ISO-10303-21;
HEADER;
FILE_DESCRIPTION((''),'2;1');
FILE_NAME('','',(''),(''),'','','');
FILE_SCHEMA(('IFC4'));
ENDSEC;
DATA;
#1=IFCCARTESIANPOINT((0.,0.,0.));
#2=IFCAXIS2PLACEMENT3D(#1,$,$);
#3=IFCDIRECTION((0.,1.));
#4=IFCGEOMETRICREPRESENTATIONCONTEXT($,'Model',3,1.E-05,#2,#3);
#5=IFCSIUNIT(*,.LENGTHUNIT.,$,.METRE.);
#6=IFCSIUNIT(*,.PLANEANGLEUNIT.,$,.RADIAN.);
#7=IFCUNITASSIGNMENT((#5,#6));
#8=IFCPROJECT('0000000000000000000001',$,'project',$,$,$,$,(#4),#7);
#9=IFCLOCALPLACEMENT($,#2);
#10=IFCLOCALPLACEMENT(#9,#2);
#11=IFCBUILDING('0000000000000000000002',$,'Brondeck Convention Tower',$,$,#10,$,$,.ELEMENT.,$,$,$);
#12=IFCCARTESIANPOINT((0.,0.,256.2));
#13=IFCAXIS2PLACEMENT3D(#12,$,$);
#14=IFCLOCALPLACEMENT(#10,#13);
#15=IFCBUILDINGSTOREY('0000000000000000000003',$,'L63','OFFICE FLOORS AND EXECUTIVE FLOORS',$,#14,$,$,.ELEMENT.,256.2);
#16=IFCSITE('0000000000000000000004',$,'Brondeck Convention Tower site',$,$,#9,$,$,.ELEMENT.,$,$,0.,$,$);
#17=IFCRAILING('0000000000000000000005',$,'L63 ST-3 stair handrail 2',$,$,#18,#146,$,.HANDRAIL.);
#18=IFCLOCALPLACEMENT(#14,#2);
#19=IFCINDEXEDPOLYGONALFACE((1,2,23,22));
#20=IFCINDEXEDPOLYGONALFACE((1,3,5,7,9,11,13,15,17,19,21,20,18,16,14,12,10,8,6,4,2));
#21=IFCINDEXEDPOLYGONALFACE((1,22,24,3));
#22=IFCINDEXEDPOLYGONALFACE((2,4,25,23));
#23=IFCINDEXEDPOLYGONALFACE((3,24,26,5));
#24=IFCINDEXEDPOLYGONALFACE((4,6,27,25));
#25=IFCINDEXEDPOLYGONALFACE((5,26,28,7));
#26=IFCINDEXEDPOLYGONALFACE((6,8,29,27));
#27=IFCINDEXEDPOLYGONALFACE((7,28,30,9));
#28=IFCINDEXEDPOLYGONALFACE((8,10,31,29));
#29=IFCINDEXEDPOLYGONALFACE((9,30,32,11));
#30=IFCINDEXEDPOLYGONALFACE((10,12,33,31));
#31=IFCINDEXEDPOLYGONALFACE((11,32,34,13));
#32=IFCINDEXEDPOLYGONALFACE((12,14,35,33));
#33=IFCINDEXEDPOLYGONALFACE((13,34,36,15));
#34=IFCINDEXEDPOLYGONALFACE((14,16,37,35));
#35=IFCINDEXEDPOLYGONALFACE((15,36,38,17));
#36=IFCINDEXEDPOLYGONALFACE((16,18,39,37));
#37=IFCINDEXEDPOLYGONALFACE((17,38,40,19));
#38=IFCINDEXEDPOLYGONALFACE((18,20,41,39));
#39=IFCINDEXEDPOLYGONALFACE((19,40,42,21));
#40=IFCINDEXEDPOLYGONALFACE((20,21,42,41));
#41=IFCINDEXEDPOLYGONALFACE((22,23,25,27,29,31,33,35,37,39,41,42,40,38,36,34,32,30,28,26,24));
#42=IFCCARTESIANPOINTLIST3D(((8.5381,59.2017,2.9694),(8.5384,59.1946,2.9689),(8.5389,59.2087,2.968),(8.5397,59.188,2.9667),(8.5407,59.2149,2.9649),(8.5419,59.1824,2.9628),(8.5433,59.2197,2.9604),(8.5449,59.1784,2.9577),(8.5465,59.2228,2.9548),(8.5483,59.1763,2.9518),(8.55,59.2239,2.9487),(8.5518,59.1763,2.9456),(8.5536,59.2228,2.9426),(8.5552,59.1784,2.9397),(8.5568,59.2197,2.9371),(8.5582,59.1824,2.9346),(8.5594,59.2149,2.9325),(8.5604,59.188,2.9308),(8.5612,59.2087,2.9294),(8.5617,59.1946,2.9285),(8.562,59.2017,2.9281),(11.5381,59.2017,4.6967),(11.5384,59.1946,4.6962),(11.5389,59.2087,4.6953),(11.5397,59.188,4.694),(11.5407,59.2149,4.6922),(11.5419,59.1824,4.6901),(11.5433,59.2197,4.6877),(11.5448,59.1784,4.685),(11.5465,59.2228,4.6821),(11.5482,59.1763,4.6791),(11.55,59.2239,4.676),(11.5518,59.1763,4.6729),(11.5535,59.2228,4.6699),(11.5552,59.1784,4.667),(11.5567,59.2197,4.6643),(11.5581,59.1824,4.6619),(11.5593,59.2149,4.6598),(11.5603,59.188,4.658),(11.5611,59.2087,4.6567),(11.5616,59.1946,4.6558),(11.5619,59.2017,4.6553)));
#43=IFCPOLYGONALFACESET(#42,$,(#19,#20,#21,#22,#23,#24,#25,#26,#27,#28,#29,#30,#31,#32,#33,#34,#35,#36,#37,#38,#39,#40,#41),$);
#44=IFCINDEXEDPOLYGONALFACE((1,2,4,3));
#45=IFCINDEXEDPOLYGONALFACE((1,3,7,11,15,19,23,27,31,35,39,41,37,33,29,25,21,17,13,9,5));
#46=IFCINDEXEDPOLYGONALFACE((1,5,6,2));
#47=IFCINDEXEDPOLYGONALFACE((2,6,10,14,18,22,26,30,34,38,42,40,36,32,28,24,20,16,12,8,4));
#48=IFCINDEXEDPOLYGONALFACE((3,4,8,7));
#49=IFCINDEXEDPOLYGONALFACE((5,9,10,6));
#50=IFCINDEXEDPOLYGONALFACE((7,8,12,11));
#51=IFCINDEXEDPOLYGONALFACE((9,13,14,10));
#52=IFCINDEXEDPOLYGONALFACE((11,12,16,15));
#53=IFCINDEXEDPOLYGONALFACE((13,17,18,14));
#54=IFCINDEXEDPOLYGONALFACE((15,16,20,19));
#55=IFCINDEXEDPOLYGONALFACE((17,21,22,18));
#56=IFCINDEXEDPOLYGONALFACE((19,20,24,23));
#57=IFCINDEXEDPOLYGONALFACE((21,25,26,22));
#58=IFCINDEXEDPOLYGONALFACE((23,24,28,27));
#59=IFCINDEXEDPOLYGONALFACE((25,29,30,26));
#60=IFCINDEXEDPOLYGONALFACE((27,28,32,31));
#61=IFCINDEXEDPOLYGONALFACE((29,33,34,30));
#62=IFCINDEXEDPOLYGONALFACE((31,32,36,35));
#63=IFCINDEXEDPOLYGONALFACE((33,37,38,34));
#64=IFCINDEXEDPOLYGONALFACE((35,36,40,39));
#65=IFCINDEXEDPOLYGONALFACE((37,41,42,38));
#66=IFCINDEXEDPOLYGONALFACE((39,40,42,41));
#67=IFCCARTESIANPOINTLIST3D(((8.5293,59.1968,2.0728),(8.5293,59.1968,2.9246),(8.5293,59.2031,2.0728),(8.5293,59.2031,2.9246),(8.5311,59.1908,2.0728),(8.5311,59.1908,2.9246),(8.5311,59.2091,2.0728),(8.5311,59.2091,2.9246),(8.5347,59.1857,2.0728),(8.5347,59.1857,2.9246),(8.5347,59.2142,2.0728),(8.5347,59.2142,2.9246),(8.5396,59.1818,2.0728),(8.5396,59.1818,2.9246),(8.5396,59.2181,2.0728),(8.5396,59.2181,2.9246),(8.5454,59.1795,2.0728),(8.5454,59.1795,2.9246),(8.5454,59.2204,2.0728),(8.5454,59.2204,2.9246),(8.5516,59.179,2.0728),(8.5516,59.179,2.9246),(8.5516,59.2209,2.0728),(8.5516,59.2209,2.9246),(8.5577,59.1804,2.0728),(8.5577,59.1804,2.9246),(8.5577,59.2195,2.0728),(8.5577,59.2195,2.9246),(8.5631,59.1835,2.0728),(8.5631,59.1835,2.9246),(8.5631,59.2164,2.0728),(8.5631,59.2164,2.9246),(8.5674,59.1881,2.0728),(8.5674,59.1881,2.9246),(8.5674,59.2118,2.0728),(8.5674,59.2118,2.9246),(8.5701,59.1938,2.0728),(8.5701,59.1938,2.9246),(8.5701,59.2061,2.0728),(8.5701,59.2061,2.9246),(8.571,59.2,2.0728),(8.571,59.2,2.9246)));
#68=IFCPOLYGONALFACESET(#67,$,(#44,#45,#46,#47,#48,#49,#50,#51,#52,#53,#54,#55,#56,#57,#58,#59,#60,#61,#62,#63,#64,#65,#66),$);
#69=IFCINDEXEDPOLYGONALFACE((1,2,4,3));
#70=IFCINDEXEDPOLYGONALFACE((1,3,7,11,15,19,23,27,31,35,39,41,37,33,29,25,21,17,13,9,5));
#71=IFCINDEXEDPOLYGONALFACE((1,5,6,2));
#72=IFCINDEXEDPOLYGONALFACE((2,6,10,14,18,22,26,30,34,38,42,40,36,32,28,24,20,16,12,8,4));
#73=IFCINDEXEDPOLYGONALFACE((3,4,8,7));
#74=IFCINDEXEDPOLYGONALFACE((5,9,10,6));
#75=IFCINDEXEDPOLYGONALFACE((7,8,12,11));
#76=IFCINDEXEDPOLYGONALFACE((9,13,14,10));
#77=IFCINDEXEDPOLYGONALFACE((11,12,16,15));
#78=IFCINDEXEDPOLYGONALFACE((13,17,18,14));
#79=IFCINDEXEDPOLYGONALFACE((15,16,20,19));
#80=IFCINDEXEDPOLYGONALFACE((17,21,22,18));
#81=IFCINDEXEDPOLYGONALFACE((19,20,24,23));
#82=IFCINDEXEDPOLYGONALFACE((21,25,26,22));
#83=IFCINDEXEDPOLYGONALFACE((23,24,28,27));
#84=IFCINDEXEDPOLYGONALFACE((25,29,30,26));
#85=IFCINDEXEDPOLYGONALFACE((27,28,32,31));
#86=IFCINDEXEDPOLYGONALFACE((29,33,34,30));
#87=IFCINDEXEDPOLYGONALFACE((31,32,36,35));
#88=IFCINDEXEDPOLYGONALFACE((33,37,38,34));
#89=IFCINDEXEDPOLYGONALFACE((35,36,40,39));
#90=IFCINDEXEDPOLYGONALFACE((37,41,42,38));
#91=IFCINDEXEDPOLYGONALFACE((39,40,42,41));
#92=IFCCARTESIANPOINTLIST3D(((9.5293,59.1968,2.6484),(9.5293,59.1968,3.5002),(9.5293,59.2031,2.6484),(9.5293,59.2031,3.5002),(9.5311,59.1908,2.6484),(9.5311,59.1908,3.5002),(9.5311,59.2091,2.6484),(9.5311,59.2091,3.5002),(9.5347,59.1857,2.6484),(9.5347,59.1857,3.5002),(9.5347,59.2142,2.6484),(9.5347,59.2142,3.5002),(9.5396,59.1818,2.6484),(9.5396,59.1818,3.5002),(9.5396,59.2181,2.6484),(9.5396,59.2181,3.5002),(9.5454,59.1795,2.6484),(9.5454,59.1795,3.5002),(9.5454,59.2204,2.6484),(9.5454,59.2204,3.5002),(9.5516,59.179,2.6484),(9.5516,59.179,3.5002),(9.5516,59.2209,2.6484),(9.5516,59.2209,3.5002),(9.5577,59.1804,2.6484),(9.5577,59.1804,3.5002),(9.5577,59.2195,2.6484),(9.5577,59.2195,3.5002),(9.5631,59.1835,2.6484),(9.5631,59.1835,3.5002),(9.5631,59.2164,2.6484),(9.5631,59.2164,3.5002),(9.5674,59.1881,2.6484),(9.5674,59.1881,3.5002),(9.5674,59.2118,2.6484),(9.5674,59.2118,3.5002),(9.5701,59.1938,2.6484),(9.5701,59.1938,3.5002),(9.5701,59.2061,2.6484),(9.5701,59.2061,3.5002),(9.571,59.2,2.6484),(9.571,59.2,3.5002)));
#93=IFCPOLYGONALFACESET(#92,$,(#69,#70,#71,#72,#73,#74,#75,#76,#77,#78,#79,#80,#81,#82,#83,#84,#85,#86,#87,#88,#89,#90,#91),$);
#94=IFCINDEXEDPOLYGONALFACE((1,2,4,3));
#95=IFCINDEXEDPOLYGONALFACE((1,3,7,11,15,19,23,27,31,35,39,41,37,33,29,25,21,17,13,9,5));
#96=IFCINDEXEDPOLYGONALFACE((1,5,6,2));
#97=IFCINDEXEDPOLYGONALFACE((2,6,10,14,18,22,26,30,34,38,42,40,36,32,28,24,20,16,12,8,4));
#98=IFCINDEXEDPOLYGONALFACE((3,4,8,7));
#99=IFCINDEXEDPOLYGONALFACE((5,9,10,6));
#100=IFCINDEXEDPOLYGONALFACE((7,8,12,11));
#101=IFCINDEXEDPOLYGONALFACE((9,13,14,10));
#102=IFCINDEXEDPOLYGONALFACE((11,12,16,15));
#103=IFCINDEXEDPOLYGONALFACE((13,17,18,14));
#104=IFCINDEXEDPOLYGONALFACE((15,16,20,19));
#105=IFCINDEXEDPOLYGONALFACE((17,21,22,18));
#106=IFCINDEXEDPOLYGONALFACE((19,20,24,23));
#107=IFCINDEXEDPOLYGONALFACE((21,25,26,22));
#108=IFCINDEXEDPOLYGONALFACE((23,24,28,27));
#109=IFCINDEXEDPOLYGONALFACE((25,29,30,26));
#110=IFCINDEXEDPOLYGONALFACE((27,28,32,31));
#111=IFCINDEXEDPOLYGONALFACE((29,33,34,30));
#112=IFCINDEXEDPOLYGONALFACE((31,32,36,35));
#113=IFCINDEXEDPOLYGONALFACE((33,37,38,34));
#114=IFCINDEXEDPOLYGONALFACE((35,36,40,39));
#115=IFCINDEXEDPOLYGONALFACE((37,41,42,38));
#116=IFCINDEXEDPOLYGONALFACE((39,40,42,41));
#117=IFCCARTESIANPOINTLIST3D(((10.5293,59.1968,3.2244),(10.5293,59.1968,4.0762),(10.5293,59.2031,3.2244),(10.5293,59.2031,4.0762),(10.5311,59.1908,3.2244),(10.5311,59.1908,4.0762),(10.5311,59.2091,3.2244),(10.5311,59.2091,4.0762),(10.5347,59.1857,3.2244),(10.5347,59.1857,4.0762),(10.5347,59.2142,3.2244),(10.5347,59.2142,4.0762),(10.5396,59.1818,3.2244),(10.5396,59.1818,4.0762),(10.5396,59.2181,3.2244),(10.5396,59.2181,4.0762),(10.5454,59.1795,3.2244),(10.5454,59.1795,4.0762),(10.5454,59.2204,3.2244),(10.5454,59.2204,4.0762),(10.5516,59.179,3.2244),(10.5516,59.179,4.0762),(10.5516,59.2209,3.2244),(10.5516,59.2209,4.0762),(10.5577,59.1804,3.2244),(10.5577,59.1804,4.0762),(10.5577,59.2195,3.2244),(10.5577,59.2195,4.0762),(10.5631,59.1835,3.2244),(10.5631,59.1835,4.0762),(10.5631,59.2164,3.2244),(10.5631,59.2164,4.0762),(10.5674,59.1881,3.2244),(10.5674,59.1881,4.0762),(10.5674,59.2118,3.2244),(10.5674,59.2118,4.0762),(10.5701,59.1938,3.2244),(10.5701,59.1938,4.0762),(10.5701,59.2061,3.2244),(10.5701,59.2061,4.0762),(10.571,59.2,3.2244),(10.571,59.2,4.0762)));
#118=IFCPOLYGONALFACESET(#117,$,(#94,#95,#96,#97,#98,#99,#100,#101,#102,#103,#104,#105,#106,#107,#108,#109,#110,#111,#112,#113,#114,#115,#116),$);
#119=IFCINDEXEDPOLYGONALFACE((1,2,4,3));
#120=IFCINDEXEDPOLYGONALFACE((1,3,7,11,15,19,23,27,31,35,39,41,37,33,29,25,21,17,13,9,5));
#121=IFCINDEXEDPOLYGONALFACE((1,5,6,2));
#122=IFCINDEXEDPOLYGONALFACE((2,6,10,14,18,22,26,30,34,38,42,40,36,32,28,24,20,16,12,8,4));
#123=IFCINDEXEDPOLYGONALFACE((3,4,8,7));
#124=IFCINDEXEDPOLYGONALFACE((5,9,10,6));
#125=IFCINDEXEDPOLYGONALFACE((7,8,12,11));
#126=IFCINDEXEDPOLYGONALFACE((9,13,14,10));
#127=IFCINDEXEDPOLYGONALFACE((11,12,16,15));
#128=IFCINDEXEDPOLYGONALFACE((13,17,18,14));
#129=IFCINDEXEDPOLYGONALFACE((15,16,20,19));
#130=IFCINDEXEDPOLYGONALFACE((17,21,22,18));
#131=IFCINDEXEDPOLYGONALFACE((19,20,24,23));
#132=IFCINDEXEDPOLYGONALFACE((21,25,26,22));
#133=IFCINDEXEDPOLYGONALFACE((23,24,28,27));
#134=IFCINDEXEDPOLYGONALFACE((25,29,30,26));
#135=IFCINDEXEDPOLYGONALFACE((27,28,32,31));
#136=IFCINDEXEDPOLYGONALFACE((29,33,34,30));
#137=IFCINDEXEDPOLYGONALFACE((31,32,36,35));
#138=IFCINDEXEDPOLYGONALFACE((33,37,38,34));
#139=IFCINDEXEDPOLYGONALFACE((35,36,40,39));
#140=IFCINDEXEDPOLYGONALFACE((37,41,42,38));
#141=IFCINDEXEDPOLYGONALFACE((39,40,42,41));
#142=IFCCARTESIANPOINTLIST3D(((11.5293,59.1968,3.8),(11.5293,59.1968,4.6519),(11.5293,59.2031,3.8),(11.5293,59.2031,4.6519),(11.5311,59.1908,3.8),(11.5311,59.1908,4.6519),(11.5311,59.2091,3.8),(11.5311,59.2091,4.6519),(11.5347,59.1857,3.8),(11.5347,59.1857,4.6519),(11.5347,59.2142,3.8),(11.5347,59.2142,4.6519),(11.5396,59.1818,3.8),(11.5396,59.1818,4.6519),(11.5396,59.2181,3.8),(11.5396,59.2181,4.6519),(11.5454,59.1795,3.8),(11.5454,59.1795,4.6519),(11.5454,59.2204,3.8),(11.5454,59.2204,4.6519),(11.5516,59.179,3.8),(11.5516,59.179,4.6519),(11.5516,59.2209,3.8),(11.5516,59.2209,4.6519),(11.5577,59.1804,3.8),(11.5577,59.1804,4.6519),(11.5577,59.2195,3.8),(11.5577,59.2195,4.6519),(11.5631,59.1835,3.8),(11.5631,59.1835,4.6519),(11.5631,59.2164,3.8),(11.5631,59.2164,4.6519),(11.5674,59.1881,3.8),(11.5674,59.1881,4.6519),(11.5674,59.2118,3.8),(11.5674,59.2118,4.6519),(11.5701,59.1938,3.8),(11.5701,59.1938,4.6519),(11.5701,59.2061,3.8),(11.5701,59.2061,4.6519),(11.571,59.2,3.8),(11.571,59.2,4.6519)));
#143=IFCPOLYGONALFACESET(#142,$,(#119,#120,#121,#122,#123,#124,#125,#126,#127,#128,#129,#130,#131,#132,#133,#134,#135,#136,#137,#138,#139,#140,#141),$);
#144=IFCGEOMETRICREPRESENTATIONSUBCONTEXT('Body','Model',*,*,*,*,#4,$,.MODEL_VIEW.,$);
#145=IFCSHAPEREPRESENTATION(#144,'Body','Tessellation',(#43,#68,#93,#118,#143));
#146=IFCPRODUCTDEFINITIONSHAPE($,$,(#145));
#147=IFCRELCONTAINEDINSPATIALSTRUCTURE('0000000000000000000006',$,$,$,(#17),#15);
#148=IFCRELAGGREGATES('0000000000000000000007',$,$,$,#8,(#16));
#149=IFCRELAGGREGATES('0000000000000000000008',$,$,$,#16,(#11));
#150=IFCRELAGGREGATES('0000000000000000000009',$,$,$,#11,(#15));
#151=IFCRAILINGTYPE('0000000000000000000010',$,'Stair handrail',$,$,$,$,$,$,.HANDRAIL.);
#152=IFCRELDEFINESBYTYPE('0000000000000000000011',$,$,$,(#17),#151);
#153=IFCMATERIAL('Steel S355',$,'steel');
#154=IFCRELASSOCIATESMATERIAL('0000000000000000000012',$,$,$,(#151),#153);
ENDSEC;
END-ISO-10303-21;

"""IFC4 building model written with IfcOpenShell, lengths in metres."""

from ifc_helpers import new_model, si_unit, direction, frame, origin, origin_2d, place, context, subcontext, project, spatial, circle, extrude, material, type_object, element, save


model = new_model("IFC4")

# Units and contexts
model_context = context("Model", 3, precision=1e-05, world=origin(), true_north=direction((0.0, 1.0)))
body_context = subcontext(model_context, "Body", "Model", "MODEL_VIEW")
ifc_project = project(units=[si_unit("LENGTHUNIT", "METRE"), si_unit("PLANEANGLEUNIT", "RADIAN")], contexts=[model_context])

# Site, building, storey
site_placement = place(None, origin())
site = spatial("IfcSite", under=ifc_project, at=site_placement, Name="Brondeck Convention Tower site", CompositionType="ELEMENT", RefElevation=0.0)
building_placement = place(site_placement, origin())
building = spatial("IfcBuilding", under=site, at=building_placement, Name="Brondeck Convention Tower", CompositionType="ELEMENT")
storey_placement = place(building_placement, frame((0.0, 0.0, 256.2)))
storey = spatial("IfcBuildingStorey", under=building, at=storey_placement, Name="L63", Description="OFFICE FLOORS AND EXECUTIVE FLOORS", CompositionType="ELEMENT", Elevation=256.2)

# Railing
ifc_material_1 = material(Name="Steel S355", Category="steel")
railing_type_1 = type_object("IfcRailingType", Name="Stair handrail", PredefinedType="HANDRAIL", material=ifc_material_1)
railing_1_placement = place(storey_placement, frame((8.55, 59.2, 2.0728)))
element("IfcRailing", 1, at=railing_1_placement, inside=storey, type_object=railing_type_1, Name="L63 ST-3 stair handrail 2", PredefinedType="HANDRAIL", context=body_context, shape_type="SweptSolid", body=[
    extrude(circle(Radius=0.0239, at=origin_2d()), frame((0.0, 0.0, 0.876), z_axis=(0.86662, 0.0, 0.498969), x_axis=(0.0, 1.0, 0.0)), (0.0, 0.0, 1.0), 3.4617),
    extrude(circle(Radius=0.021, at=origin_2d()), origin(), (0.0, 0.0, 1.0), 0.8518),
    extrude(circle(Radius=0.021, at=origin_2d()), frame((1.0, 0.0, 0.5757)), (0.0, 0.0, 1.0), 0.8518),
    extrude(circle(Radius=0.021, at=origin_2d()), frame((2.0, 0.0, 1.1516)), (0.0, 0.0, 1.0), 0.8518),
    extrude(circle(Radius=0.021, at=origin_2d()), frame((3.0, 0.0, 1.7273)), (0.0, 0.0, 1.0), 0.8518),
])

save(model, "model.ifc")
